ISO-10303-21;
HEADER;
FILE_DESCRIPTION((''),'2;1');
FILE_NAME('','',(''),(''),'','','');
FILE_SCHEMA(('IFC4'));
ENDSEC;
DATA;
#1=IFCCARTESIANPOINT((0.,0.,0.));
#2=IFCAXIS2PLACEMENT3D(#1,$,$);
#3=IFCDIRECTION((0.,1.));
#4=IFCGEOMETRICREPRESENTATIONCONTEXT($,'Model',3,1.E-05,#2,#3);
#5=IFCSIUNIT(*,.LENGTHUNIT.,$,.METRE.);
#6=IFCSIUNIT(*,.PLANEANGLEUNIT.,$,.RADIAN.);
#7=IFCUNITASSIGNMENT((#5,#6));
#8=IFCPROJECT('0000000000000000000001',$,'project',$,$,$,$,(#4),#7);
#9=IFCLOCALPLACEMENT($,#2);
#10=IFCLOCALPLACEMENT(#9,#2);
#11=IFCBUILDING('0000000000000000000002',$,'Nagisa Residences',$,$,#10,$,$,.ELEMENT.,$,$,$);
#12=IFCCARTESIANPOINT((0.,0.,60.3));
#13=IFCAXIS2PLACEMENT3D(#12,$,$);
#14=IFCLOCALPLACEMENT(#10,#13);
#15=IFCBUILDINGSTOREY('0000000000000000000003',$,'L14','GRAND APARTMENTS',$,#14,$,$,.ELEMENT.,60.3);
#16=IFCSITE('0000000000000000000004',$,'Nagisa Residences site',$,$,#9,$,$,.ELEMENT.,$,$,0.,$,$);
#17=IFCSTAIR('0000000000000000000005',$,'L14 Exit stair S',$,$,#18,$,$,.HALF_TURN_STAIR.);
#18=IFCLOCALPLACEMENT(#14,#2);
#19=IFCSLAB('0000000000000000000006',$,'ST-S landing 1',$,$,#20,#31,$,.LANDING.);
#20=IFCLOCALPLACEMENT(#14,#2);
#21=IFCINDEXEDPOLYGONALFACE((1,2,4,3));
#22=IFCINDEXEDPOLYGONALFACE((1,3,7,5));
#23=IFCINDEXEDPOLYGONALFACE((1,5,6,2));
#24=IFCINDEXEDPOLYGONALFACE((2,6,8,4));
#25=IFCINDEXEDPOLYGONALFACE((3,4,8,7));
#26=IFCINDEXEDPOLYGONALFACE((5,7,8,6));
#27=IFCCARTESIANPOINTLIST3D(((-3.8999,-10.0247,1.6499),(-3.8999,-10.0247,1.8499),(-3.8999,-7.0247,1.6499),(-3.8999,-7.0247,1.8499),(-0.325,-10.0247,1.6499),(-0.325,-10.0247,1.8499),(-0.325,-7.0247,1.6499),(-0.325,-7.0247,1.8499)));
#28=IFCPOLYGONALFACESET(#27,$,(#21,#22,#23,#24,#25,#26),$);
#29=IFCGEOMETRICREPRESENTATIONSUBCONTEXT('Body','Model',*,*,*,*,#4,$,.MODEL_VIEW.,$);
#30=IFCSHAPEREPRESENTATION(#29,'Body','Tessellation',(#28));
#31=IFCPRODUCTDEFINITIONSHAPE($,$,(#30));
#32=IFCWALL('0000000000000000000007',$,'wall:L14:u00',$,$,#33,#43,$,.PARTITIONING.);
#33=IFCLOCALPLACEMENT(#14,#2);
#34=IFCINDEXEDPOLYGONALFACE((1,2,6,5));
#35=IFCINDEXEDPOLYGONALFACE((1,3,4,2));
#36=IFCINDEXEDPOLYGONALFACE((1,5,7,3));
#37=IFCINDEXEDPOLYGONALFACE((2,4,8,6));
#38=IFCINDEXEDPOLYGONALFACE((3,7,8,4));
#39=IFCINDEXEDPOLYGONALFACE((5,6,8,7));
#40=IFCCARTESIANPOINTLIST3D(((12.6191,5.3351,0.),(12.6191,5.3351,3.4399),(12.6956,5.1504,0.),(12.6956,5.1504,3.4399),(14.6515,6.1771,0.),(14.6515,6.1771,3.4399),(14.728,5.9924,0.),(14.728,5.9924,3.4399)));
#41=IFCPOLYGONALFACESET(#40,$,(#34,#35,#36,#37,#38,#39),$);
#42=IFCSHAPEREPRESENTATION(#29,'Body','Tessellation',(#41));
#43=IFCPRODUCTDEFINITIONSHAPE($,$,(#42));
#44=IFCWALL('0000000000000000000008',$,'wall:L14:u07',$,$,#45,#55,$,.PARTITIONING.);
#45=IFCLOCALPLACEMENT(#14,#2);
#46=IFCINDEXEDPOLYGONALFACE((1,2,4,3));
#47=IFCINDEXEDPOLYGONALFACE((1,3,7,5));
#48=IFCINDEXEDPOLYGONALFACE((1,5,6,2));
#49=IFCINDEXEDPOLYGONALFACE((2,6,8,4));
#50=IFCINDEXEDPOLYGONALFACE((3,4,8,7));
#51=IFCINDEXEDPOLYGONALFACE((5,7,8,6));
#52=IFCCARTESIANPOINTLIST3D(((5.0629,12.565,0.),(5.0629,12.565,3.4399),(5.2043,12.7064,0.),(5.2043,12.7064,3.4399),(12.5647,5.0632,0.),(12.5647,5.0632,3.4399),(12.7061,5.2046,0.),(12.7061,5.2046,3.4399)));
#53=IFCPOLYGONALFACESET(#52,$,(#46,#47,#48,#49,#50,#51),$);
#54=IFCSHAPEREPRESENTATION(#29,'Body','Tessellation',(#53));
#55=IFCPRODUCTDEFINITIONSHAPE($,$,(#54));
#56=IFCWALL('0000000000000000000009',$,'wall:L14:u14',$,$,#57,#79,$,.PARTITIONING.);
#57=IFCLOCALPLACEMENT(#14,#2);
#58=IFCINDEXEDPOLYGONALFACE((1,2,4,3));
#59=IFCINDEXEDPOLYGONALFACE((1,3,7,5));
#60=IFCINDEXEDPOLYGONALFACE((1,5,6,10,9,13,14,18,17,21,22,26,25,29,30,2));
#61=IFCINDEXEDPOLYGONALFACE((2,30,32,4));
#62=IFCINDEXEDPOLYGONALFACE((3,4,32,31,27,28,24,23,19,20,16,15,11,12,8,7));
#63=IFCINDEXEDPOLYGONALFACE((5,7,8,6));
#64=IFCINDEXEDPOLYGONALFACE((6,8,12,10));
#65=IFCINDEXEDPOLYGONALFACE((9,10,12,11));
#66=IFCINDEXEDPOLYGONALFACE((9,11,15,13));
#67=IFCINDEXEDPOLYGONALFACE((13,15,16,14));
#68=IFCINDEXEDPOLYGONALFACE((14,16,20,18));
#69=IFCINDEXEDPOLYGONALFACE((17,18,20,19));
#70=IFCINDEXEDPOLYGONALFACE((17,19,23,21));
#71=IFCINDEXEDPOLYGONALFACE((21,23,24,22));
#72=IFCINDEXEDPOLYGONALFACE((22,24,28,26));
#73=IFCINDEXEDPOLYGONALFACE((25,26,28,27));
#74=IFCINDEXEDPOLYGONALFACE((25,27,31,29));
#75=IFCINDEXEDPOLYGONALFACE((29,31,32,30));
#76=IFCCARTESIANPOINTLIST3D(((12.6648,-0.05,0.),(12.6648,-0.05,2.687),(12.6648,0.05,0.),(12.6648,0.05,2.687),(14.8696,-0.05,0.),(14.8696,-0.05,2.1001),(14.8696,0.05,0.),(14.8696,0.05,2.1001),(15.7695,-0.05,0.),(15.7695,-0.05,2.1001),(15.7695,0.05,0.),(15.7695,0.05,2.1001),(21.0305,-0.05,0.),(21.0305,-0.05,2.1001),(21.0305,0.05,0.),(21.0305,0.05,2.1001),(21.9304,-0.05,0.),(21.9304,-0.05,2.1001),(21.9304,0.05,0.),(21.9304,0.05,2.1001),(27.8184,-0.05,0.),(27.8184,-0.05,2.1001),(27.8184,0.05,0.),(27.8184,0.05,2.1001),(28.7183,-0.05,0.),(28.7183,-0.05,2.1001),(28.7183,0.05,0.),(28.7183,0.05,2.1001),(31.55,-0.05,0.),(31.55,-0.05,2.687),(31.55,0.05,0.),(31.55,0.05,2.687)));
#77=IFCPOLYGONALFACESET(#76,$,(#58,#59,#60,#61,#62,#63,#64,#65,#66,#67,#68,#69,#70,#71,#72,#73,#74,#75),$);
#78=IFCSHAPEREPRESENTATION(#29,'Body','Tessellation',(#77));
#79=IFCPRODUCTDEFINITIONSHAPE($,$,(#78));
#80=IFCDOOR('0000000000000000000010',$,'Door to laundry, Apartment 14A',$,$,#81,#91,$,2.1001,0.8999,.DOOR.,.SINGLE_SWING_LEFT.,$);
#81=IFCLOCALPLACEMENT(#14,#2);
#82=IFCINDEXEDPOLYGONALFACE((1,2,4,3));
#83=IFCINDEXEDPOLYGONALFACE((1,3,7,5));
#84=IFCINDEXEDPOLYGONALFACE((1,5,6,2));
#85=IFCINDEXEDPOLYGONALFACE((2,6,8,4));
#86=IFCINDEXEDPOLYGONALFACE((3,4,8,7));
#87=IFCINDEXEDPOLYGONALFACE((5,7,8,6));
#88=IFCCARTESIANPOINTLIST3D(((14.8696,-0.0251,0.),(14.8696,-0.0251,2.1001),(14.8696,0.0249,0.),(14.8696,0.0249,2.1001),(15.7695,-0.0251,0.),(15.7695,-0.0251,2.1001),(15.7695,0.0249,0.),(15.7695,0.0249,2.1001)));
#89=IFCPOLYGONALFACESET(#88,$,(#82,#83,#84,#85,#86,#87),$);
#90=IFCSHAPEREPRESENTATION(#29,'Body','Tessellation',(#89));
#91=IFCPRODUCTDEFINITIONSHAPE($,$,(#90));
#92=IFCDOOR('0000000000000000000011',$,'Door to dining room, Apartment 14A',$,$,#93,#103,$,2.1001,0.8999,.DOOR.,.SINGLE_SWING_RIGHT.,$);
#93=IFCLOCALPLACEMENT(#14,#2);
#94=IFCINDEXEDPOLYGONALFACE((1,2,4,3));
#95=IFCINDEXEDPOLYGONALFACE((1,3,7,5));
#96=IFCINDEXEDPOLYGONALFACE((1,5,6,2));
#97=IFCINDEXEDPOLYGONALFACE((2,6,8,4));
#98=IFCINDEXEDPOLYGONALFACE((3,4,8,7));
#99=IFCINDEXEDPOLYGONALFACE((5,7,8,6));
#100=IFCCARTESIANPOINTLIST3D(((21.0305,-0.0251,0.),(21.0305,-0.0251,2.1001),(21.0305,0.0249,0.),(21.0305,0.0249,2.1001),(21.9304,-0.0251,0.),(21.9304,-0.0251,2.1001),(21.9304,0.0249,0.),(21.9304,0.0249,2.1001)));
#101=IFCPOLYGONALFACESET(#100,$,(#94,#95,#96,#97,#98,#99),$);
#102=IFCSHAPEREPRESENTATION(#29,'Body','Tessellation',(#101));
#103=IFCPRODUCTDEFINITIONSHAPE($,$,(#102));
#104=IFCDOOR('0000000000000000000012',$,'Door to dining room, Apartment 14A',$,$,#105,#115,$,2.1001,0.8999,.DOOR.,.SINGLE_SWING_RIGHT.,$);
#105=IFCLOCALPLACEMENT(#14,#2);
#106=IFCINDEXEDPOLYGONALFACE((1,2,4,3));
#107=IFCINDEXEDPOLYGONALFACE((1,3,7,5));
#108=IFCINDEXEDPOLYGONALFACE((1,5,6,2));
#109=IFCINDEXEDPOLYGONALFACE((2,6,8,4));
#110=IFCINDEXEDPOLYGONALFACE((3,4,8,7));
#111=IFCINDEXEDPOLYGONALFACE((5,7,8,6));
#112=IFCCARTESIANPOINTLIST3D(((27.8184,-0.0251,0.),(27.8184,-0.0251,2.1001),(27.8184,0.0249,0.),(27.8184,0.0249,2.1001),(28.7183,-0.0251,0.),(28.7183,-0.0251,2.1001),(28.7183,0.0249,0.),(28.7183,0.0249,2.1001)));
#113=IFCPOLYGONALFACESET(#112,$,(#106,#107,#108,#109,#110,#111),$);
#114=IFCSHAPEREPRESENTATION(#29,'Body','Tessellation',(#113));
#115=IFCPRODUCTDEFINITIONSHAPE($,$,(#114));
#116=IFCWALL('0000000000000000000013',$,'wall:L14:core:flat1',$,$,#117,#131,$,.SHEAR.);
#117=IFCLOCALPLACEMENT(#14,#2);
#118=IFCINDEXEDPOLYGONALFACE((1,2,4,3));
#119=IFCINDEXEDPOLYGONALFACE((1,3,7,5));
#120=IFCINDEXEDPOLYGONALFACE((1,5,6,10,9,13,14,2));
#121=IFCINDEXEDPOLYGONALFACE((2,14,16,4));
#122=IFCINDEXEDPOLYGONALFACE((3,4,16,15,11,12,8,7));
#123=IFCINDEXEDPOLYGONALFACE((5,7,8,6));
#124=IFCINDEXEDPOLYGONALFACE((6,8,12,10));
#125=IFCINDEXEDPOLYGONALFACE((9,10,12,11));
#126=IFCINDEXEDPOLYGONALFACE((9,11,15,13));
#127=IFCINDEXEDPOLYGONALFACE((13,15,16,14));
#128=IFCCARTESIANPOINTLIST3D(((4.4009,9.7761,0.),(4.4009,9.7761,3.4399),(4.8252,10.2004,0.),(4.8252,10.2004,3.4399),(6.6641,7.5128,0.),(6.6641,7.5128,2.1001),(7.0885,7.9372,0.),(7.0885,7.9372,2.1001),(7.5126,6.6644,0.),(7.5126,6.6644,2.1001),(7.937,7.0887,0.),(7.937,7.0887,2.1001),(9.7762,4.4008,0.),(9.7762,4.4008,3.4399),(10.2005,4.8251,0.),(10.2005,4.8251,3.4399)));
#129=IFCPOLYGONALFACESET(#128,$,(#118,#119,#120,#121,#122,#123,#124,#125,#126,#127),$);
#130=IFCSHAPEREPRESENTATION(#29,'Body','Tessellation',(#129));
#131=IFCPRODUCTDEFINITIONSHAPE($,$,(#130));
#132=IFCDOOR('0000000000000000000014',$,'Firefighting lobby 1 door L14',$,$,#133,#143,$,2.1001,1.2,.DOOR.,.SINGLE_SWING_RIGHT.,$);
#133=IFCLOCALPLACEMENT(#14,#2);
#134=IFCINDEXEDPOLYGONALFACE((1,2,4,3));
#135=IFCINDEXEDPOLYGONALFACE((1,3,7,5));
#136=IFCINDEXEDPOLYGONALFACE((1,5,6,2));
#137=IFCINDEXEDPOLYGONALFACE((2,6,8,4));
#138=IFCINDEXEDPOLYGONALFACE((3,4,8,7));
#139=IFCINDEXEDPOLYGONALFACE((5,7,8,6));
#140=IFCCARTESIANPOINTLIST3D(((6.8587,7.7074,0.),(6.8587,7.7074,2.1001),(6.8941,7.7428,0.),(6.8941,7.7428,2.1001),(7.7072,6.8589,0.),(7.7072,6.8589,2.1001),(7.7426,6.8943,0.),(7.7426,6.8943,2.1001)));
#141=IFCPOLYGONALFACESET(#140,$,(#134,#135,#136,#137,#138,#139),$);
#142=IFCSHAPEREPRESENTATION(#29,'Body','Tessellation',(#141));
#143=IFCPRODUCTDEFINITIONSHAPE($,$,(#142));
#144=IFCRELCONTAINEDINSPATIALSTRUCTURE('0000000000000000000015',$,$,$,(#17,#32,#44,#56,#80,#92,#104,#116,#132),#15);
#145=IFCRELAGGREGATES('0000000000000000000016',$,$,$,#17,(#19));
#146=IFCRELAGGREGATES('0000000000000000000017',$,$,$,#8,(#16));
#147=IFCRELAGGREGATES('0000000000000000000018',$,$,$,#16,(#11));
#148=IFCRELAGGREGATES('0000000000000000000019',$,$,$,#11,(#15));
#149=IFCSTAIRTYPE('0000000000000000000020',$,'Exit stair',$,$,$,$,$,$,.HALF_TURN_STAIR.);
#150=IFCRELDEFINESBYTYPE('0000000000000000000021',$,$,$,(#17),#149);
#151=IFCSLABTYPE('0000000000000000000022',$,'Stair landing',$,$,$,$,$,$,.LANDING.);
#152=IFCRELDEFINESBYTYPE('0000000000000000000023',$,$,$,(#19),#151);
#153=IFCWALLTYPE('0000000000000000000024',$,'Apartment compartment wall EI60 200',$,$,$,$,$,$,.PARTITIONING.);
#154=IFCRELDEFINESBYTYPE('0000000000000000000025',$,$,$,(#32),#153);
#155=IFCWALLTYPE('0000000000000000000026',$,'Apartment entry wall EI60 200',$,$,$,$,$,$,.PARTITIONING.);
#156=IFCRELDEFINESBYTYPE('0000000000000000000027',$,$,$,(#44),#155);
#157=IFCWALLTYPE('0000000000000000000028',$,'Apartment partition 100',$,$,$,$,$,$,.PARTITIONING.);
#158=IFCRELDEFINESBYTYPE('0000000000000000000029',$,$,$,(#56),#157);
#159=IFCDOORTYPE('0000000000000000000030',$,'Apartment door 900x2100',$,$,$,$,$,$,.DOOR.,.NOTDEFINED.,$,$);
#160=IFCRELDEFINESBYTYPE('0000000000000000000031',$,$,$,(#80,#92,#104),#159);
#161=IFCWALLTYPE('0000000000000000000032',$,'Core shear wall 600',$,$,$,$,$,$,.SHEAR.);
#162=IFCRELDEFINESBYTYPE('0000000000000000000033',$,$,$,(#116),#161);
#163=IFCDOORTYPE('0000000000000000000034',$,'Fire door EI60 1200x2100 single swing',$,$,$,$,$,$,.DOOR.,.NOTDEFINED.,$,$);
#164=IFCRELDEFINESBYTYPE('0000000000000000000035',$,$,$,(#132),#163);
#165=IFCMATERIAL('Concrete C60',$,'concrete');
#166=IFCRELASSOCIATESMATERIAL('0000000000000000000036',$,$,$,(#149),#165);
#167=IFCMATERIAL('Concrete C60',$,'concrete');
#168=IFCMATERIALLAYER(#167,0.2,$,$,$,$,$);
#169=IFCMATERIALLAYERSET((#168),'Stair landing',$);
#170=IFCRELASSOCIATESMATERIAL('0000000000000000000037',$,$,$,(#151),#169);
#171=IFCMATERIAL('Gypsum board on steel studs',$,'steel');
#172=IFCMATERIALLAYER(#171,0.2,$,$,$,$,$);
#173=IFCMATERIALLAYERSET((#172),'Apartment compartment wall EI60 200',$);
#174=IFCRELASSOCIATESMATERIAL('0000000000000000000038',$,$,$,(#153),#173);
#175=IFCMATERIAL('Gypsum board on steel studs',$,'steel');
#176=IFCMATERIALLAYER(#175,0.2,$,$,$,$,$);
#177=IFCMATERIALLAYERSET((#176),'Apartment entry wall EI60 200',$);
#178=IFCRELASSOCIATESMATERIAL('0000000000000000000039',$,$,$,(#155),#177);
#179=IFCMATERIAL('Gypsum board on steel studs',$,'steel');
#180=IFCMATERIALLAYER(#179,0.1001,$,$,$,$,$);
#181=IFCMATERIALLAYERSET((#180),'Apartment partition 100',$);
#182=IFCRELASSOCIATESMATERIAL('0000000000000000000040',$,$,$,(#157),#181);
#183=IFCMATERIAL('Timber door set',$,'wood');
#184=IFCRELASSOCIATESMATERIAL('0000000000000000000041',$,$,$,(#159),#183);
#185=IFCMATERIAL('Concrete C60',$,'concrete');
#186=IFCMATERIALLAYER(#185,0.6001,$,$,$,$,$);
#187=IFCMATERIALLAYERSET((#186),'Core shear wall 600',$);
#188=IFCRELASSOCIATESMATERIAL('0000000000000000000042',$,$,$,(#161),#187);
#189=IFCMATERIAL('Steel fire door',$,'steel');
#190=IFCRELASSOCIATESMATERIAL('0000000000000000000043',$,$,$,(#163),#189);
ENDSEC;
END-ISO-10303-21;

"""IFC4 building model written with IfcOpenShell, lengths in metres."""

from ifc_helpers import new_model, si_unit, direction, frame, frame_2d, origin, place, context, subcontext, project, spatial, polyline, rectangle, outline, extrude, material, layer, layer_set, type_object, element, fill, aggregate, save


model = new_model("IFC4")

# Units and contexts
model_context = context("Model", 3, precision=1e-05, world=origin(), true_north=direction((0.0, 1.0)))
body_context = subcontext(model_context, "Body", "Model", "MODEL_VIEW")
ifc_project = project(units=[si_unit("LENGTHUNIT", "METRE"), si_unit("PLANEANGLEUNIT", "RADIAN")], contexts=[model_context])

# Site, building, storey
site_placement = place(None, origin())
site = spatial("IfcSite", under=ifc_project, at=site_placement, Name="Nagisa Residences site", CompositionType="ELEMENT", RefElevation=0.0)
building_placement = place(site_placement, origin())
building = spatial("IfcBuilding", under=site, at=building_placement, Name="Nagisa Residences", CompositionType="ELEMENT")
storey_placement = place(building_placement, frame((0.0, 0.0, 60.3)))
storey = spatial("IfcBuildingStorey", under=building, at=storey_placement, Name="L14", Description="GRAND APARTMENTS", CompositionType="ELEMENT", Elevation=60.3)

# Stair, slab
ifc_material_1 = material(Name="Concrete C60", Category="concrete")
stair_type = type_object("IfcStairType", Name="Exit stair", PredefinedType="HALF_TURN_STAIR", material=ifc_material_1)
stair_1_placement = place(storey_placement, origin())
stair_1 = element("IfcStair", 1, at=stair_1_placement, inside=storey, type_object=stair_type, Name="L14 Exit stair S", PredefinedType="HALF_TURN_STAIR")
ifc_material_2 = material(Name="Concrete C60", Category="concrete")
ifc_layer_1 = layer(ifc_material_2, 0.2)
ifc_layer_set_1 = layer_set([ifc_layer_1], Name="Stair landing")
slab_type = type_object("IfcSlabType", Name="Stair landing", PredefinedType="LANDING", material=ifc_layer_set_1)
slab_placement = place(storey_placement, frame((0.0, 0.0, 1.6499)))
slab = element("IfcSlab", 2, at=slab_placement, type_object=slab_type, Name="ST-S landing 1", PredefinedType="LANDING", context=body_context, shape_type="SweptSolid", body=[
    extrude(outline(polyline([(-0.325, -7.0247), (-3.8999, -7.0247), (-3.8999, -10.0247), (-0.325, -10.0247), (-0.325, -7.0247)])), origin(), (0.0, 0.0, 1.0), 0.2),
])
aggregate(stair_1, [slab])

# Walls
ifc_material_3 = material(Name="Gypsum board on steel studs", Category="steel")
ifc_layer_2 = layer(ifc_material_3, 0.2)
ifc_layer_set_2 = layer_set([ifc_layer_2], Name="Apartment compartment wall EI60 200")
wall_type_1 = type_object("IfcWallType", Name="Apartment compartment wall EI60 200", PredefinedType="PARTITIONING", material=ifc_layer_set_2)
wall_1_placement = place(storey_placement, frame((12.6572, 5.2427, 0.0), z_axis=(0.0, 0.0, 1.0), x_axis=(0.923853, 0.382747, 0.0)))
element("IfcWall", 3, at=wall_1_placement, inside=storey, type_object=wall_type_1, Name="wall:L14:u00", PredefinedType="PARTITIONING", context=body_context, shape_type="SweptSolid", body=[
    extrude(rectangle(XDim=2.2, YDim=0.2, at=frame_2d((1.1001, 0.0))), origin(), (0.0, 0.0, 1.0), 3.4399),
])
ifc_material_4 = material(Name="Gypsum board on steel studs", Category="steel")
ifc_layer_3 = layer(ifc_material_4, 0.2)
ifc_layer_set_3 = layer_set([ifc_layer_3], Name="Apartment entry wall EI60 200")
wall_type_2 = type_object("IfcWallType", Name="Apartment entry wall EI60 200", PredefinedType="PARTITIONING", material=ifc_layer_set_3)
wall_2_placement = place(storey_placement, frame((12.6355, 5.1338, 0.0), z_axis=(0.0, 0.0, 1.0), x_axis=(-0.707107, 0.707107, 0.0)))
element("IfcWall", 4, at=wall_2_placement, inside=storey, type_object=wall_type_2, Name="wall:L14:u07", PredefinedType="PARTITIONING", context=body_context, shape_type="SweptSolid", body=[
    extrude(rectangle(XDim=10.6091, YDim=0.2, at=frame_2d((5.3047, 0.0))), origin(), (0.0, 0.0, 1.0), 3.4399),
])

# Wall, openings, doors
ifc_material_5 = material(Name="Gypsum board on steel studs", Category="steel")
ifc_layer_4 = layer(ifc_material_5, 0.1001)
ifc_layer_set_4 = layer_set([ifc_layer_4], Name="Apartment partition 100")
wall_type_3 = type_object("IfcWallType", Name="Apartment partition 100", PredefinedType="PARTITIONING", material=ifc_layer_set_4)
wall_3_placement = place(storey_placement, frame((12.6648, 0.0, 0.0), z_axis=(0.0, 0.0, 1.0), x_axis=(1.0, 0.0, 0.0)))
wall_3 = element("IfcWall", 5, at=wall_3_placement, inside=storey, type_object=wall_type_3, Name="wall:L14:u14", PredefinedType="PARTITIONING", context=body_context, shape_type="SweptSolid", body=[
    extrude(rectangle(XDim=18.8853, YDim=0.1001, at=frame_2d((9.4426, 0.0))), origin(), (0.0, 0.0, 1.0), 2.687),
])
opening_1_placement = place(wall_3_placement, frame((2.2048, 0.0, 0.0)))
opening_1 = element("IfcOpeningElement", 6, at=opening_1_placement, cuts=wall_3, PredefinedType="OPENING", context=body_context, shape_type="SweptSolid", body=[
    extrude(rectangle(XDim=0.8999, YDim=2.1001, at=frame_2d((0.45, 1.05))), frame((0.0, 0.0601, 0.0), z_axis=(0.0, -1.0, 0.0), x_axis=(1.0, 0.0, 0.0)), (0.0, 0.0, 1.0), 0.1201),
])
opening_2_placement = place(wall_3_placement, frame((8.3657, 0.0, 0.0)))
opening_2 = element("IfcOpeningElement", 7, at=opening_2_placement, cuts=wall_3, PredefinedType="OPENING", context=body_context, shape_type="SweptSolid", body=[
    extrude(rectangle(XDim=0.8999, YDim=2.1001, at=frame_2d((0.45, 1.05))), frame((0.0, 0.0601, 0.0), z_axis=(0.0, -1.0, 0.0), x_axis=(1.0, 0.0, 0.0)), (0.0, 0.0, 1.0), 0.1201),
])
opening_3_placement = place(wall_3_placement, frame((15.1536, 0.0, 0.0)))
opening_3 = element("IfcOpeningElement", 8, at=opening_3_placement, cuts=wall_3, PredefinedType="OPENING", context=body_context, shape_type="SweptSolid", body=[
    extrude(rectangle(XDim=0.8999, YDim=2.1001, at=frame_2d((0.45, 1.05))), frame((0.0, 0.0601, 0.0), z_axis=(0.0, -1.0, 0.0), x_axis=(1.0, 0.0, 0.0)), (0.0, 0.0, 1.0), 0.1201),
])
ifc_material_6 = material(Name="Timber door set", Category="wood")
door_type_1 = type_object("IfcDoorType", Name="Apartment door 900x2100", OperationType="NOTDEFINED", PredefinedType="DOOR", material=ifc_material_6)
door_1_placement = place(opening_1_placement, origin())
door_1 = element("IfcDoor", 9, at=door_1_placement, inside=storey, type_object=door_type_1, Name="Door to laundry, Apartment 14A", OperationType="SINGLE_SWING_LEFT", OverallHeight=2.1001, OverallWidth=0.8999, PredefinedType="DOOR", context=body_context, shape_type="SweptSolid", body=[
    extrude(rectangle(XDim=0.8999, YDim=2.1001, at=frame_2d((0.45, 1.05))), frame((0.0, 0.0249, 0.0), z_axis=(0.0, -1.0, 0.0), x_axis=(1.0, 0.0, 0.0)), (0.0, 0.0, 1.0), 0.05),
])
fill(opening_1, door_1)
door_2_placement = place(opening_2_placement, origin())
door_2 = element("IfcDoor", 10, at=door_2_placement, inside=storey, type_object=door_type_1, Name="Door to dining room, Apartment 14A", OperationType="SINGLE_SWING_RIGHT", OverallHeight=2.1001, OverallWidth=0.8999, PredefinedType="DOOR", context=body_context, shape_type="SweptSolid", body=[
    extrude(rectangle(XDim=0.8999, YDim=2.1001, at=frame_2d((0.45, 1.05))), frame((0.0, 0.0249, 0.0), z_axis=(0.0, -1.0, 0.0), x_axis=(1.0, 0.0, 0.0)), (0.0, 0.0, 1.0), 0.05),
])
fill(opening_2, door_2)
door_3_placement = place(opening_3_placement, origin())
door_3 = element("IfcDoor", 11, at=door_3_placement, inside=storey, type_object=door_type_1, Name="Door to dining room, Apartment 14A", OperationType="SINGLE_SWING_RIGHT", OverallHeight=2.1001, OverallWidth=0.8999, PredefinedType="DOOR", context=body_context, shape_type="SweptSolid", body=[
    extrude(rectangle(XDim=0.8999, YDim=2.1001, at=frame_2d((0.45, 1.05))), frame((0.0, 0.0249, 0.0), z_axis=(0.0, -1.0, 0.0), x_axis=(1.0, 0.0, 0.0)), (0.0, 0.0, 1.0), 0.05),
])
fill(opening_3, door_3)

# Wall, opening, door
ifc_material_7 = material(Name="Concrete C60", Category="concrete")
ifc_layer_5 = layer(ifc_material_7, 0.6001)
ifc_layer_set_5 = layer_set([ifc_layer_5], Name="Core shear wall 600")
wall_type_4 = type_object("IfcWallType", Name="Core shear wall 600", PredefinedType="SHEAR", material=ifc_layer_set_5)
wall_4_placement = place(storey_placement, frame((9.9883, 4.613, 0.0), z_axis=(0.0, 0.0, 1.0), x_axis=(-0.707107, 0.707107, 0.0)))
wall_4 = element("IfcWall", 12, at=wall_4_placement, inside=storey, type_object=wall_type_4, Name="wall:L14:core:flat1", PredefinedType="SHEAR", context=body_context, shape_type="SweptSolid", body=[
    extrude(rectangle(XDim=7.6018, YDim=0.6001, at=frame_2d((3.8008, 0.0))), origin(), (0.0, 0.0, 1.0), 3.4399),
])
opening_4_placement = place(wall_4_placement, frame((3.2009, 0.0, 0.0)))
opening_4 = element("IfcOpeningElement", 13, at=opening_4_placement, cuts=wall_4, PredefinedType="OPENING", context=body_context, shape_type="SweptSolid", body=[
    extrude(rectangle(XDim=1.2, YDim=2.1001, at=frame_2d((0.6001, 1.05))), frame((0.0, 0.3101, 0.0), z_axis=(0.0, -1.0, 0.0), x_axis=(1.0, 0.0, 0.0)), (0.0, 0.0, 1.0), 0.6201),
])
ifc_material_8 = material(Name="Steel fire door", Category="steel")
door_type_2 = type_object("IfcDoorType", Name="Fire door EI60 1200x2100 single swing", OperationType="NOTDEFINED", PredefinedType="DOOR", material=ifc_material_8)
door_4_placement = place(opening_4_placement, origin())
door_4 = element("IfcDoor", 14, at=door_4_placement, inside=storey, type_object=door_type_2, Name="Firefighting lobby 1 door L14", OperationType="SINGLE_SWING_RIGHT", OverallHeight=2.1001, OverallWidth=1.2, PredefinedType="DOOR", context=body_context, shape_type="SweptSolid", body=[
    extrude(rectangle(XDim=1.2, YDim=2.1001, at=frame_2d((0.6001, 1.05))), frame((0.0, 0.0249, 0.0), z_axis=(0.0, -1.0, 0.0), x_axis=(1.0, 0.0, 0.0)), (0.0, 0.0, 1.0), 0.05),
])
fill(opening_4, door_4)

save(model, "model.ifc")
